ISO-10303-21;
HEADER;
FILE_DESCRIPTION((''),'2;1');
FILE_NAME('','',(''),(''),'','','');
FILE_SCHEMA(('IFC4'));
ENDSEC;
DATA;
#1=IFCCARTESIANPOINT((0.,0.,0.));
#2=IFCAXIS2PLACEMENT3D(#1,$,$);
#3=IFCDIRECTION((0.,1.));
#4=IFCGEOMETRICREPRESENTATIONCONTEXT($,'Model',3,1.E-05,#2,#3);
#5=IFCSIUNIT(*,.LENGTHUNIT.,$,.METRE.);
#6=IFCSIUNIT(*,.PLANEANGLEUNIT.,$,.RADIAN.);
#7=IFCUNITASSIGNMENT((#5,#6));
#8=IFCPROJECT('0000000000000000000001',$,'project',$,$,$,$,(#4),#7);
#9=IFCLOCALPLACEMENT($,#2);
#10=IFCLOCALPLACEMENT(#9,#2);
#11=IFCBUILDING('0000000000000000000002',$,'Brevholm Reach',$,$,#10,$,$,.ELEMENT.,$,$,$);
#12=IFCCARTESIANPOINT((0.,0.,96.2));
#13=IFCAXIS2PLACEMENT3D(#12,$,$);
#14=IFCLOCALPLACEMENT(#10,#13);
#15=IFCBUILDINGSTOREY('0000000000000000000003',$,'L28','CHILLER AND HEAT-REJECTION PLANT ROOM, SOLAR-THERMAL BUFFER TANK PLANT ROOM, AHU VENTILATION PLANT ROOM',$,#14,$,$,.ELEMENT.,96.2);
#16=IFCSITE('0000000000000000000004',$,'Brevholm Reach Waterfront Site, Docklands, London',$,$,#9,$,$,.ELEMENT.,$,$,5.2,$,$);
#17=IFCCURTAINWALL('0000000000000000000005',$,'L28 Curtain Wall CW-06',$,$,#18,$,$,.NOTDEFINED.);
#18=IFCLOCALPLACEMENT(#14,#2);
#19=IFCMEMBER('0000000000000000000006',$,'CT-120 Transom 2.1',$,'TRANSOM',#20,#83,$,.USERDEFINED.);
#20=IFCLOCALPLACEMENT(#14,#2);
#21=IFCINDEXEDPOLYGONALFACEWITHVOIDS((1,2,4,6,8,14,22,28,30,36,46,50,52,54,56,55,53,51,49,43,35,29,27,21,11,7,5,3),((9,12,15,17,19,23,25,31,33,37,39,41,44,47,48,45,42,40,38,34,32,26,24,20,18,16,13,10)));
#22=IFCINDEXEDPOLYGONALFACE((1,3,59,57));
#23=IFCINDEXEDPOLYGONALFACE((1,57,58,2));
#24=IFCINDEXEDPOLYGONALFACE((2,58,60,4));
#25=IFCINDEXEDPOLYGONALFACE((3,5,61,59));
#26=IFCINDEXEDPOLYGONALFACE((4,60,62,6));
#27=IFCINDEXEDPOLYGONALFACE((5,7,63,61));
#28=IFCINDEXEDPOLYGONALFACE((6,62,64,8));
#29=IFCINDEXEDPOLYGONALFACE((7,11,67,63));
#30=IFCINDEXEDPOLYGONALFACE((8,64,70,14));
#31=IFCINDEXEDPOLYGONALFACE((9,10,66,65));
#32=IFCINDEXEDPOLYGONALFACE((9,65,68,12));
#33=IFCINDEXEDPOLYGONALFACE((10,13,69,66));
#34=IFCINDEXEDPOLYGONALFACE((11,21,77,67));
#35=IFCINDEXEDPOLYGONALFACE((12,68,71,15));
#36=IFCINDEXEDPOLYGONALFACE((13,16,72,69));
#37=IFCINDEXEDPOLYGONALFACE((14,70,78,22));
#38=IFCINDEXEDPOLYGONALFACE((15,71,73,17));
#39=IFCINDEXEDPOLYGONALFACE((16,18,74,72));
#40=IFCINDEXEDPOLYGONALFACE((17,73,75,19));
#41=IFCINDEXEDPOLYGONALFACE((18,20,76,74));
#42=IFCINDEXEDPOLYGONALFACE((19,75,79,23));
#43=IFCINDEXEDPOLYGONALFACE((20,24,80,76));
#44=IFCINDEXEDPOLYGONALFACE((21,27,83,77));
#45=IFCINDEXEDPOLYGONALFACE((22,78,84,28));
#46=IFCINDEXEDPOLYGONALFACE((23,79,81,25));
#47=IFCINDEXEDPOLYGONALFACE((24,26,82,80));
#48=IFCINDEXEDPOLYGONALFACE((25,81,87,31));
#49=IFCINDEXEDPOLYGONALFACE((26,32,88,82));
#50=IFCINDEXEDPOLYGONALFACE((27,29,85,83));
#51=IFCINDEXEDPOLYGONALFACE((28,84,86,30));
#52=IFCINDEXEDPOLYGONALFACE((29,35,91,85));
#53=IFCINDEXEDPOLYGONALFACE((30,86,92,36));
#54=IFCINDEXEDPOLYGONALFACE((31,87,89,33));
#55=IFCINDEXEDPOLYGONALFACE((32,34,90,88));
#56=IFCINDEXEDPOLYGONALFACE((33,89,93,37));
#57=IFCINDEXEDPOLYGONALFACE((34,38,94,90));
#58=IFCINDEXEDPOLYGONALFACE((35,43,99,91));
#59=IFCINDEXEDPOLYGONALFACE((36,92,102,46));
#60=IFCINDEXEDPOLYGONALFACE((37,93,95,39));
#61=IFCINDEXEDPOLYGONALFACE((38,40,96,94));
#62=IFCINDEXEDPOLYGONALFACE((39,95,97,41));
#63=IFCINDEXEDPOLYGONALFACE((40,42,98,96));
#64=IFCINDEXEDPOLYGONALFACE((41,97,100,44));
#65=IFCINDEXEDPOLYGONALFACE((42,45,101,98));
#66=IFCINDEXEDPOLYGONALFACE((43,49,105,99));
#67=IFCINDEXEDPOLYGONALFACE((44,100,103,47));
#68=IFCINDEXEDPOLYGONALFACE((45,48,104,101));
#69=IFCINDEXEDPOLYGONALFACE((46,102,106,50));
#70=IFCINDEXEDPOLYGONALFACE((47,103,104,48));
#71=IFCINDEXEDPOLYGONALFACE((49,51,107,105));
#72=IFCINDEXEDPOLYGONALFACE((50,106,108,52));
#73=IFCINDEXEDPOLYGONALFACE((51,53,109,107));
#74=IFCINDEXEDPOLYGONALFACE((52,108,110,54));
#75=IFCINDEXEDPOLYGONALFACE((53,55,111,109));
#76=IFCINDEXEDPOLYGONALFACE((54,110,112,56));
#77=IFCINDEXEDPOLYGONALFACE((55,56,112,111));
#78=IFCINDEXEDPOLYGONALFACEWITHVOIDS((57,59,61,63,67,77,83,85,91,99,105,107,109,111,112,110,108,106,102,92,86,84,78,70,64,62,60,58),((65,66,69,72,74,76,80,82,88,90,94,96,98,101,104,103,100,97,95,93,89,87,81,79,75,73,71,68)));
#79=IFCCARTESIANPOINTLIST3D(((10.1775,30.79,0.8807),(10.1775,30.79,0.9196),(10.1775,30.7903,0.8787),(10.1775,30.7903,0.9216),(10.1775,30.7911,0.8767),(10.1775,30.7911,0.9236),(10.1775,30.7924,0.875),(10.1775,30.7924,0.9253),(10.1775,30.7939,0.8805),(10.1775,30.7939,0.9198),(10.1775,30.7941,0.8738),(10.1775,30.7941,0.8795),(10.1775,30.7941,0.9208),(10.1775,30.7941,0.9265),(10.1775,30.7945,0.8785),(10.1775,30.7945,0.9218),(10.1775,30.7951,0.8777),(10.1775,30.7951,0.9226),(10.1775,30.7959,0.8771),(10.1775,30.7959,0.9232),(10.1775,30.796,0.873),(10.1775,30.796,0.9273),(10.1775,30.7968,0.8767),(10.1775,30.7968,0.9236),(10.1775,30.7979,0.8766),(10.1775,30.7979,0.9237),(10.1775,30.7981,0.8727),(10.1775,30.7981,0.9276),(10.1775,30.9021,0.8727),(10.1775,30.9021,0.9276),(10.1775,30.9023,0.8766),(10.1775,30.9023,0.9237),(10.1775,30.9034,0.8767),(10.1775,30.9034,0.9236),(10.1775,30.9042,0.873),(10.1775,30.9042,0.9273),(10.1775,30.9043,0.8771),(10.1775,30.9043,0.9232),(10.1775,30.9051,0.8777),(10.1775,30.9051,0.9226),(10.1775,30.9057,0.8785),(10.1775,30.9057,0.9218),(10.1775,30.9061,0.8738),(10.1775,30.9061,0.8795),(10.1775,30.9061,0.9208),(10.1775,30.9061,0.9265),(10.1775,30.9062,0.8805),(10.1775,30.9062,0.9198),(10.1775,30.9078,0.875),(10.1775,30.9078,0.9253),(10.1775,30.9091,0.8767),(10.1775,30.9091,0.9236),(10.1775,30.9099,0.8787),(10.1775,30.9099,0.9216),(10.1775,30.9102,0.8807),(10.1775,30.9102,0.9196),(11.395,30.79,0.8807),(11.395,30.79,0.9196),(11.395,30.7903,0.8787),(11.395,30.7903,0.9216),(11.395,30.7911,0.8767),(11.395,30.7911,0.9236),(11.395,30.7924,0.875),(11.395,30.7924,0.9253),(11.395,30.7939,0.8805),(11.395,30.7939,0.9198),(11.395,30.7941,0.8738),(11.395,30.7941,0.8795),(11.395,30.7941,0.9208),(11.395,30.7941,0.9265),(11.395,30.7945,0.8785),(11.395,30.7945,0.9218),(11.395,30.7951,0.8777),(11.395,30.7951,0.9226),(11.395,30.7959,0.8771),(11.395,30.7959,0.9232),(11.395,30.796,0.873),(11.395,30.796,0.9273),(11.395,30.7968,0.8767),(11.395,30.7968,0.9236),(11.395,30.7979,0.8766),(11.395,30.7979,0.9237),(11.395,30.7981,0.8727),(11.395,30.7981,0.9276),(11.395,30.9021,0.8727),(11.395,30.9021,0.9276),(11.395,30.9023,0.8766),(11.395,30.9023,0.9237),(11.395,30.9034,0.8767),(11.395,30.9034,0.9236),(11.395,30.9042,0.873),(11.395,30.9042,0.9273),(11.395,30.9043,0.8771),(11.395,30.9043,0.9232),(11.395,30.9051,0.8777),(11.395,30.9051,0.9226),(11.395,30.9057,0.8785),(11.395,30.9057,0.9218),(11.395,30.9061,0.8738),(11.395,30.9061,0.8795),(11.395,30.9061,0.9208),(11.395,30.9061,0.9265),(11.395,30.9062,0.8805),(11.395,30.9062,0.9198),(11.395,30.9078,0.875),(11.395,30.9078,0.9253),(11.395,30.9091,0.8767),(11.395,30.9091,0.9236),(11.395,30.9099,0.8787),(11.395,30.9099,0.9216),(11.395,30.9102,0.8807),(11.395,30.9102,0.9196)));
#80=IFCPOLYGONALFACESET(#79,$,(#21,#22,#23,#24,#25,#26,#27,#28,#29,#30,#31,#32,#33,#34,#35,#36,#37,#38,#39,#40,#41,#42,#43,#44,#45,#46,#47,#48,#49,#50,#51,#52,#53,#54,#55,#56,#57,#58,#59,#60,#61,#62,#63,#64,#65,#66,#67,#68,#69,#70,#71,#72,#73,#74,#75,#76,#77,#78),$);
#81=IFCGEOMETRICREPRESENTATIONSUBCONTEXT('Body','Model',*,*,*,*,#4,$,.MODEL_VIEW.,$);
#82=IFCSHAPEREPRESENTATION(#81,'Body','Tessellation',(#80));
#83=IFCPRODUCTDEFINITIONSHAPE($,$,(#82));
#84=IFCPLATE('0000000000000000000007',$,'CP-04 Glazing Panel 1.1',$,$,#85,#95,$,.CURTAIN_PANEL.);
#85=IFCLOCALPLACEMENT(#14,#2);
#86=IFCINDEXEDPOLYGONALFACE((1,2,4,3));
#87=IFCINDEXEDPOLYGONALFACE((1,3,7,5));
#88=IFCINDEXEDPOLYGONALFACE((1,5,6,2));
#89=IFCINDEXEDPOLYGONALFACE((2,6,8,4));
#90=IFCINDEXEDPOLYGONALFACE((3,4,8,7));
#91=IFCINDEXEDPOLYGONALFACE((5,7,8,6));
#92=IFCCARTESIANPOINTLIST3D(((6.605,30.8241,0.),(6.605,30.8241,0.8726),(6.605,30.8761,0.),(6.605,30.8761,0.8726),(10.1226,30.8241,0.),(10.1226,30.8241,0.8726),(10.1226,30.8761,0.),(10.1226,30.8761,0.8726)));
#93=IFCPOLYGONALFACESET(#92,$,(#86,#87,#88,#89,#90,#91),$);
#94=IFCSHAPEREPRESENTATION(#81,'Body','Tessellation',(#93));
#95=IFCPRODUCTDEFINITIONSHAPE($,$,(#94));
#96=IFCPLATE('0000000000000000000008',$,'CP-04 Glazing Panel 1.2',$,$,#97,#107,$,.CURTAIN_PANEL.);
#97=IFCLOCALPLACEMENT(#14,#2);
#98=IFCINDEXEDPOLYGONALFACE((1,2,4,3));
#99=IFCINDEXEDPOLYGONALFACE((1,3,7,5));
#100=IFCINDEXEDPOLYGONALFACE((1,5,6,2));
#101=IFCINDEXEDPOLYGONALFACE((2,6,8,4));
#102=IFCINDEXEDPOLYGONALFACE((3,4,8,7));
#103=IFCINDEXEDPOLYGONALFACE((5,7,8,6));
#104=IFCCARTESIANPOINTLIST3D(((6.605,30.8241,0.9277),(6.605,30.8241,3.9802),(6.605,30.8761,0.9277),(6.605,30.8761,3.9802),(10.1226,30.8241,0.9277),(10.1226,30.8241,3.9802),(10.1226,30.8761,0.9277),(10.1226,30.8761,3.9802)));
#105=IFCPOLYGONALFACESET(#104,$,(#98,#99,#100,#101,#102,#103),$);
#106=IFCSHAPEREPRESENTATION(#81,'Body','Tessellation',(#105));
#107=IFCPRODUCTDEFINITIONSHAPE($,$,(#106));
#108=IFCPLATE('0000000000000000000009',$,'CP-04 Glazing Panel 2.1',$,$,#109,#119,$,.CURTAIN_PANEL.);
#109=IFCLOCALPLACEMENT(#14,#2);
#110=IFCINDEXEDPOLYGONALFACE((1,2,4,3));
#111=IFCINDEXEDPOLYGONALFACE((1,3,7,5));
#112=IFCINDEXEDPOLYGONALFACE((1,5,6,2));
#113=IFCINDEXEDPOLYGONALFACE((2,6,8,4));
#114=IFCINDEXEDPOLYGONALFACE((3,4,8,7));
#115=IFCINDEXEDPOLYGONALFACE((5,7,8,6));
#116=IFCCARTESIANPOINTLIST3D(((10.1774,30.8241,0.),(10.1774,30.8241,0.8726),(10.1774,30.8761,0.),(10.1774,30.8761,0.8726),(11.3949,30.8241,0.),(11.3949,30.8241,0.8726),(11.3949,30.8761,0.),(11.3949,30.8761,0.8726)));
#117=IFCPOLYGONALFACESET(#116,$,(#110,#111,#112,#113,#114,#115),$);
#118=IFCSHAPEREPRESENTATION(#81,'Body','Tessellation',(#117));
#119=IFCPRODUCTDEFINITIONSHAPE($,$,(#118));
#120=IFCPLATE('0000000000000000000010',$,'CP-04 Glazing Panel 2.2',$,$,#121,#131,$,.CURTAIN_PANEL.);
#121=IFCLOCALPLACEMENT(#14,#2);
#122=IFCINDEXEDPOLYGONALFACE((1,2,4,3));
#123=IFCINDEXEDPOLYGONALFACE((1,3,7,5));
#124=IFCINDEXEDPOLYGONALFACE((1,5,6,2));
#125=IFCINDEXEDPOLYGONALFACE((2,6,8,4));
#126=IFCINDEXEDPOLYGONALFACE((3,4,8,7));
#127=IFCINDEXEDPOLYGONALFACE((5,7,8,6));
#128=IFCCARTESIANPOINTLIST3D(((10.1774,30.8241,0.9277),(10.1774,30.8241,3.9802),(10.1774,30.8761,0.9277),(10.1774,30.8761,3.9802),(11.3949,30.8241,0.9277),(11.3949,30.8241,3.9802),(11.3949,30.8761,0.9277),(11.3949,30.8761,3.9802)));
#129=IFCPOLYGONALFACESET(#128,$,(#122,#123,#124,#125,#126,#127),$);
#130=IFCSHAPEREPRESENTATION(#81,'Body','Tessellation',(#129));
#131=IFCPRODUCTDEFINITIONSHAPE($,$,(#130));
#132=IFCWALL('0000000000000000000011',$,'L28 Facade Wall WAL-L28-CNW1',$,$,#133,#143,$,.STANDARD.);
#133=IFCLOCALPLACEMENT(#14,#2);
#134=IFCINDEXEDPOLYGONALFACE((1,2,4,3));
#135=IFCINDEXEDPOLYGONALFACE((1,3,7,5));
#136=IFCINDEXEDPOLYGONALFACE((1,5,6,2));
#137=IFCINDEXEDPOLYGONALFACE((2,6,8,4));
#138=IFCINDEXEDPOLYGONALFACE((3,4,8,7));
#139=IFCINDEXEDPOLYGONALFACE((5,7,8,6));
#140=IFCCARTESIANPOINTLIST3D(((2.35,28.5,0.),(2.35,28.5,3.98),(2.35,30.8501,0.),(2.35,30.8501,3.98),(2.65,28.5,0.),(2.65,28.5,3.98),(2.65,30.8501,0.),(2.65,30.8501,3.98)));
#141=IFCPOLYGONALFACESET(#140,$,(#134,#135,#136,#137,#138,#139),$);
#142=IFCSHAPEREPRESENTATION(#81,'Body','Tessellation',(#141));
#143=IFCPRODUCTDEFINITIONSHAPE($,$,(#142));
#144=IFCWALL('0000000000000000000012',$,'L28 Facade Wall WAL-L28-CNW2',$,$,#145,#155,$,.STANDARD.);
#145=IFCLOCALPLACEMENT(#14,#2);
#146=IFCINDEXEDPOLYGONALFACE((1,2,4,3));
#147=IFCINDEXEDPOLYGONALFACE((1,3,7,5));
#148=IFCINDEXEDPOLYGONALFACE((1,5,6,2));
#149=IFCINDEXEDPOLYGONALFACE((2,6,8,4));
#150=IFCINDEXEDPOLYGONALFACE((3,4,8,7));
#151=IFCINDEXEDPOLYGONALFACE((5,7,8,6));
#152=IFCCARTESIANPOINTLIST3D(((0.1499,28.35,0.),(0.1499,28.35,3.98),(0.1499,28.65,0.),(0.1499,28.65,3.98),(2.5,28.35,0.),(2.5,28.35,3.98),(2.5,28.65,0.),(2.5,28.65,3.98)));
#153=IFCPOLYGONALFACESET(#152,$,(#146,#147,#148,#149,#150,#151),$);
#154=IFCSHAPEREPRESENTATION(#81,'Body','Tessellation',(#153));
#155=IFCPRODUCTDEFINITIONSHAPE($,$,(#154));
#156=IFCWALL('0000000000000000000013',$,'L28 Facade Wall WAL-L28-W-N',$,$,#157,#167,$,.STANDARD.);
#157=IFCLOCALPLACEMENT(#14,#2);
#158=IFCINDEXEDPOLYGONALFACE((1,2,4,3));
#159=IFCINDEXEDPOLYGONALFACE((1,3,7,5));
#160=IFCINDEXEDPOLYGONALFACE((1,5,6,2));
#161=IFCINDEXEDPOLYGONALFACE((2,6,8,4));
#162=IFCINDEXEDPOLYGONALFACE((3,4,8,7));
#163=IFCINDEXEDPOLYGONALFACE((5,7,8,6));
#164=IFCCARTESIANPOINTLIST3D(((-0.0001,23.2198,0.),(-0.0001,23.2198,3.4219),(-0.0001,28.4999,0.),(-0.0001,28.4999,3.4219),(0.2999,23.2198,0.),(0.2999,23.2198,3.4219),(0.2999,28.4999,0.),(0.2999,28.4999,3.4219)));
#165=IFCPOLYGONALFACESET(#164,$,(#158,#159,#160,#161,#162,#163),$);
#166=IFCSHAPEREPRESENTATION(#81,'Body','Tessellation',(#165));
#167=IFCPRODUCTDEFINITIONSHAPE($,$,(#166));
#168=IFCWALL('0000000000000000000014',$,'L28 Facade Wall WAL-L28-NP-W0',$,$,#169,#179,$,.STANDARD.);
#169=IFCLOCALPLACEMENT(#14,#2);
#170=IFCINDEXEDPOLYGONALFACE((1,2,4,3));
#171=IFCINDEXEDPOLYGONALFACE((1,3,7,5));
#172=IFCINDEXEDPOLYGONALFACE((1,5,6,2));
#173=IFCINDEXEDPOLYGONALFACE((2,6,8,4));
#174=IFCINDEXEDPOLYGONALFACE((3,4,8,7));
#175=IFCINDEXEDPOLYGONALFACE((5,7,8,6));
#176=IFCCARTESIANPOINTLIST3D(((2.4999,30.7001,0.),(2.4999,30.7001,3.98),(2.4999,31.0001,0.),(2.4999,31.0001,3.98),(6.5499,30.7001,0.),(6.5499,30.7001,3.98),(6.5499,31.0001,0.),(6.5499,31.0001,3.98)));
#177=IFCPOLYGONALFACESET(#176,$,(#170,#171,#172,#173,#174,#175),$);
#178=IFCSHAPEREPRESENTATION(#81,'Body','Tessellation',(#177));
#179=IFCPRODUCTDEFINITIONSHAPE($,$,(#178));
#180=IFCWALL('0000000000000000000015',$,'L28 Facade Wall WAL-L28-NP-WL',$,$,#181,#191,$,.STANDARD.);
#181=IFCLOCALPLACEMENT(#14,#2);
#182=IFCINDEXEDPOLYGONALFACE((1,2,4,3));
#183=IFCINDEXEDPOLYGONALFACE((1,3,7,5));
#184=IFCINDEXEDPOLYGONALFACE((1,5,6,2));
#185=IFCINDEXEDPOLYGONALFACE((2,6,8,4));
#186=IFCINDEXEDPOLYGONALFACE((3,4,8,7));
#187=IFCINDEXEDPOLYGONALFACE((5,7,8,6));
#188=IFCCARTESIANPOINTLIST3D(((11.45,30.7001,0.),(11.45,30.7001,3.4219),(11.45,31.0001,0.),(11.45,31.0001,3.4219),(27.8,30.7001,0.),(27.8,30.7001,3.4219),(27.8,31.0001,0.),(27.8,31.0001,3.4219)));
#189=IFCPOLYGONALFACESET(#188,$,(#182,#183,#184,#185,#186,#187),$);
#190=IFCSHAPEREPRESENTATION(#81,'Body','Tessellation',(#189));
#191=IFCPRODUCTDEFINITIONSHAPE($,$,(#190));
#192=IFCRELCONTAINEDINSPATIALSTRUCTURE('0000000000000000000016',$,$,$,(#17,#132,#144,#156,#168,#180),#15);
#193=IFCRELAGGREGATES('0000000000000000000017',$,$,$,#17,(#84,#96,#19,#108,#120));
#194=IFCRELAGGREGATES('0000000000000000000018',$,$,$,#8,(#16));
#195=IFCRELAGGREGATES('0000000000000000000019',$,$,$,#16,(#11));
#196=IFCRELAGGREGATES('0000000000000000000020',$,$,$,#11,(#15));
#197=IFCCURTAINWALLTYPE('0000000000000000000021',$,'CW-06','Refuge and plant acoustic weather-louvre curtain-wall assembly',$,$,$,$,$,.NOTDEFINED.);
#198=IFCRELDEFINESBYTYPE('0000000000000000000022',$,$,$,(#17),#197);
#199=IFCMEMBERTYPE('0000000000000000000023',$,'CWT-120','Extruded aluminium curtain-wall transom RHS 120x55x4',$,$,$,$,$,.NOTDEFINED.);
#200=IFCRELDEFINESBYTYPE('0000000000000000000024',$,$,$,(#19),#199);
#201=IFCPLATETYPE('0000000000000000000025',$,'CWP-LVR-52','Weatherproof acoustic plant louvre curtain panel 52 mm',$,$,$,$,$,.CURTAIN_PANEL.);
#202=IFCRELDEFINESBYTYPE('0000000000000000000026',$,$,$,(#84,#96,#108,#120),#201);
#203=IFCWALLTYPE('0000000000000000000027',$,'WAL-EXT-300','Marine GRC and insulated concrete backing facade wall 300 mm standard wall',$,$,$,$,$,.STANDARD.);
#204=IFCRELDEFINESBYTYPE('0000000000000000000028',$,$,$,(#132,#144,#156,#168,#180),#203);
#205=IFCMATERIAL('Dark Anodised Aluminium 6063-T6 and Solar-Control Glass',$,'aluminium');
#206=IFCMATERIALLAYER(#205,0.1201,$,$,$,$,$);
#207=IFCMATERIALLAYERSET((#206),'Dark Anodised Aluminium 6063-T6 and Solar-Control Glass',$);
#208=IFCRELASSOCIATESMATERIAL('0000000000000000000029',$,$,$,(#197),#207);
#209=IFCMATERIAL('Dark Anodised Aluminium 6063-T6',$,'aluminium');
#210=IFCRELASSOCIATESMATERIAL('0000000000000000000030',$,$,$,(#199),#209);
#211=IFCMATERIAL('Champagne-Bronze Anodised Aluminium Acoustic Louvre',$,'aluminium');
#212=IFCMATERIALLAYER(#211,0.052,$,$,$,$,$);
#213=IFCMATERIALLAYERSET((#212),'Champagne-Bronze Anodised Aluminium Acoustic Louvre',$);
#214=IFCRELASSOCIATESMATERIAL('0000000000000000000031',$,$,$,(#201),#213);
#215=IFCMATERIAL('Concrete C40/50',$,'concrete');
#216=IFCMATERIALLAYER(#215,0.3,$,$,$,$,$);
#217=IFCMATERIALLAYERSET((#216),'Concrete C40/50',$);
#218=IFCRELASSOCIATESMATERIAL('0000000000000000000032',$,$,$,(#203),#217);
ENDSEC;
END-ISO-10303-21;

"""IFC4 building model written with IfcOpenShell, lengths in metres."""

from ifc_helpers import new_model, si_unit, direction, frame, frame_2d, origin, origin_2d, place, context, subcontext, project, spatial, rectangle, hollow_rectangle, extrude, material, layer, layer_set, material_profile, profile_set, type_object, element, aggregate, save


model = new_model("IFC4")

# Units and contexts
model_context = context("Model", 3, precision=1e-05, world=origin(), true_north=direction((0.0, 1.0)))
body_context = subcontext(model_context, "Body", "Model", "MODEL_VIEW")
ifc_project = project(units=[si_unit("LENGTHUNIT", "METRE"), si_unit("PLANEANGLEUNIT", "RADIAN")], contexts=[model_context])

# Site, building, storey
site_placement = place(None, origin())
site = spatial("IfcSite", under=ifc_project, at=site_placement, Name="Brevholm Reach Waterfront Site, Docklands, London", CompositionType="ELEMENT", RefElevation=5.2)
building_placement = place(site_placement, origin())
building = spatial("IfcBuilding", under=site, at=building_placement, Name="Brevholm Reach", CompositionType="ELEMENT")
storey_placement = place(building_placement, frame((0.0, 0.0, 96.2)))
storey = spatial("IfcBuildingStorey", under=building, at=storey_placement, Name="L28", Description="CHILLER AND HEAT-REJECTION PLANT ROOM, SOLAR-THERMAL BUFFER TANK PLANT ROOM, AHU VENTILATION PLANT ROOM", CompositionType="ELEMENT", Elevation=96.2)

# Curtain wall, member, plates
ifc_material_1 = material(Name="Dark Anodised Aluminium 6063-T6 and Solar-Control Glass", Category="aluminium")
ifc_layer_1 = layer(ifc_material_1, 0.1201)
ifc_layer_set_1 = layer_set([ifc_layer_1], Name="Dark Anodised Aluminium 6063-T6 and Solar-Control Glass")
curtain_wall_type = type_object("IfcCurtainWallType", Name="CW-06", Description="Refuge and plant acoustic weather-louvre curtain-wall assembly", PredefinedType="NOTDEFINED", material=ifc_layer_set_1)
curtain_wall_placement = place(storey_placement, origin())
curtain_wall = element("IfcCurtainWall", 1, at=curtain_wall_placement, inside=storey, type_object=curtain_wall_type, Name="L28 Curtain Wall CW-06", PredefinedType="NOTDEFINED")
ifc_material_2 = material(Name="Dark Anodised Aluminium 6063-T6", Category="aluminium")
ifc_material_profile_1 = material_profile(ifc_material_2, hollow_rectangle(XDim=0.0549, YDim=0.1201, WallThickness=0.0039, InnerFilletRadius=0.0039, OuterFilletRadius=0.0081, at=origin_2d()), Name="RHS 120x55x4")
ifc_profile_set_1 = profile_set([ifc_material_profile_1], Name="Dark Anodised Aluminium 6063-T6")
member_type_1 = type_object("IfcMemberType", Name="CWT-120", Description="Extruded aluminium curtain-wall transom RHS 120x55x4", PredefinedType="NOTDEFINED", material=ifc_profile_set_1)
member_1_placement = place(storey_placement, frame((10.1775, 30.8501, 0.9001), z_axis=(1.0, 0.0, 0.0), x_axis=(0.0, 0.0, 1.0)))
member_1 = element("IfcMember", 2, at=member_1_placement, type_object=member_type_1, Name="CT-120 Transom 2.1", ObjectType="TRANSOM", PredefinedType="USERDEFINED", context=body_context, shape_type="SweptSolid", body=[
    extrude(hollow_rectangle(XDim=0.0549, YDim=0.1201, WallThickness=0.0039, InnerFilletRadius=0.0039, OuterFilletRadius=0.0081, at=origin_2d()), origin(), (0.0, 0.0, 1.0), 1.2175),
])
ifc_material_3 = material(Name="Champagne-Bronze Anodised Aluminium Acoustic Louvre", Category="aluminium")
ifc_layer_2 = layer(ifc_material_3, 0.052)
ifc_layer_set_2 = layer_set([ifc_layer_2], Name="Champagne-Bronze Anodised Aluminium Acoustic Louvre")
plate_type = type_object("IfcPlateType", Name="CWP-LVR-52", Description="Weatherproof acoustic plant louvre curtain panel 52 mm", PredefinedType="CURTAIN_PANEL", material=ifc_layer_set_2)
plate_1_placement = place(storey_placement, frame((8.3638, 30.8501, 0.0), z_axis=(0.0, 0.0, 1.0), x_axis=(1.0, 0.0, 0.0)))
plate_1 = element("IfcPlate", 3, at=plate_1_placement, type_object=plate_type, Name="CP-04 Glazing Panel 1.1", PredefinedType="CURTAIN_PANEL", context=body_context, shape_type="SweptSolid", body=[
    extrude(rectangle(XDim=3.5176, YDim=0.052, at=origin_2d()), origin(), (0.0, 0.0, 1.0), 0.8726),
])
plate_2_placement = place(storey_placement, frame((8.3638, 30.8501, 0.9277), z_axis=(0.0, 0.0, 1.0), x_axis=(1.0, 0.0, 0.0)))
plate_2 = element("IfcPlate", 4, at=plate_2_placement, type_object=plate_type, Name="CP-04 Glazing Panel 1.2", PredefinedType="CURTAIN_PANEL", context=body_context, shape_type="SweptSolid", body=[
    extrude(rectangle(XDim=3.5176, YDim=0.052, at=origin_2d()), origin(), (0.0, 0.0, 1.0), 3.0525),
])
plate_3_placement = place(storey_placement, frame((10.7861, 30.8501, 0.0), z_axis=(0.0, 0.0, 1.0), x_axis=(1.0, 0.0, 0.0)))
plate_3 = element("IfcPlate", 5, at=plate_3_placement, type_object=plate_type, Name="CP-04 Glazing Panel 2.1", PredefinedType="CURTAIN_PANEL", context=body_context, shape_type="SweptSolid", body=[
    extrude(rectangle(XDim=1.2175, YDim=0.052, at=origin_2d()), origin(), (0.0, 0.0, 1.0), 0.8726),
])
plate_4_placement = place(storey_placement, frame((10.7861, 30.8501, 0.9277), z_axis=(0.0, 0.0, 1.0), x_axis=(1.0, 0.0, 0.0)))
plate_4 = element("IfcPlate", 6, at=plate_4_placement, type_object=plate_type, Name="CP-04 Glazing Panel 2.2", PredefinedType="CURTAIN_PANEL", context=body_context, shape_type="SweptSolid", body=[
    extrude(rectangle(XDim=1.2175, YDim=0.052, at=origin_2d()), origin(), (0.0, 0.0, 1.0), 3.0525),
])
aggregate(curtain_wall, [plate_1, plate_2, member_1, plate_3, plate_4])

# Walls
ifc_material_4 = material(Name="Concrete C40/50", Category="concrete")
ifc_layer_3 = layer(ifc_material_4, 0.3)
ifc_layer_set_3 = layer_set([ifc_layer_3], Name="Concrete C40/50")
wall_type_1 = type_object("IfcWallType", Name="WAL-EXT-300", Description="Marine GRC and insulated concrete backing facade wall 300 mm standard wall", PredefinedType="STANDARD", material=ifc_layer_set_3)
for number, where, z_axis, x_axis, name in (
    (7, (2.5, 30.8501, 0.0), (0.0, 0.0, 1.0), (0.0, -1.0, 0.0), "L28 Facade Wall WAL-L28-CNW1"),
    (8, (2.5, 28.5, 0.0), (0.0, 0.0, 1.0), (-1.0, 0.0, 0.0), "L28 Facade Wall WAL-L28-CNW2"),
):
    element("IfcWall", number, at=place(storey_placement, frame(where, z_axis=z_axis, x_axis=x_axis)), inside=storey, type_object=wall_type_1, Name=name, PredefinedType="STANDARD", context=body_context, shape_type="SweptSolid", body=[
        extrude(rectangle(XDim=2.3501, YDim=0.3, at=frame_2d((1.175, 0.0))), origin(), (0.0, 0.0, 1.0), 3.98),
    ])
wall_1_placement = place(storey_placement, frame((0.1499, 28.5, 0.0), z_axis=(0.0, 0.0, 1.0), x_axis=(0.0, -1.0, 0.0)))
element("IfcWall", 9, at=wall_1_placement, inside=storey, type_object=wall_type_1, Name="L28 Facade Wall WAL-L28-W-N", PredefinedType="STANDARD", context=body_context, shape_type="SweptSolid", body=[
    extrude(rectangle(XDim=5.28, YDim=0.3, at=frame_2d((2.6401, 0.0))), origin(), (0.0, 0.0, 1.0), 3.4219),
])
wall_2_placement = place(storey_placement, frame((2.5, 30.8501, 0.0), z_axis=(0.0, 0.0, 1.0), x_axis=(1.0, 0.0, 0.0)))
element("IfcWall", 10, at=wall_2_placement, inside=storey, type_object=wall_type_1, Name="L28 Facade Wall WAL-L28-NP-W0", PredefinedType="STANDARD", context=body_context, shape_type="SweptSolid", body=[
    extrude(rectangle(XDim=4.05, YDim=0.3, at=frame_2d((2.0249, 0.0))), origin(), (0.0, 0.0, 1.0), 3.98),
])
wall_3_placement = place(storey_placement, frame((11.45, 30.8501, 0.0), z_axis=(0.0, 0.0, 1.0), x_axis=(1.0, 0.0, 0.0)))
element("IfcWall", 11, at=wall_3_placement, inside=storey, type_object=wall_type_1, Name="L28 Facade Wall WAL-L28-NP-WL", PredefinedType="STANDARD", context=body_context, shape_type="SweptSolid", body=[
    extrude(rectangle(XDim=16.3501, YDim=0.3, at=frame_2d((8.175, 0.0))), origin(), (0.0, 0.0, 1.0), 3.4219),
])

save(model, "model.ifc")
